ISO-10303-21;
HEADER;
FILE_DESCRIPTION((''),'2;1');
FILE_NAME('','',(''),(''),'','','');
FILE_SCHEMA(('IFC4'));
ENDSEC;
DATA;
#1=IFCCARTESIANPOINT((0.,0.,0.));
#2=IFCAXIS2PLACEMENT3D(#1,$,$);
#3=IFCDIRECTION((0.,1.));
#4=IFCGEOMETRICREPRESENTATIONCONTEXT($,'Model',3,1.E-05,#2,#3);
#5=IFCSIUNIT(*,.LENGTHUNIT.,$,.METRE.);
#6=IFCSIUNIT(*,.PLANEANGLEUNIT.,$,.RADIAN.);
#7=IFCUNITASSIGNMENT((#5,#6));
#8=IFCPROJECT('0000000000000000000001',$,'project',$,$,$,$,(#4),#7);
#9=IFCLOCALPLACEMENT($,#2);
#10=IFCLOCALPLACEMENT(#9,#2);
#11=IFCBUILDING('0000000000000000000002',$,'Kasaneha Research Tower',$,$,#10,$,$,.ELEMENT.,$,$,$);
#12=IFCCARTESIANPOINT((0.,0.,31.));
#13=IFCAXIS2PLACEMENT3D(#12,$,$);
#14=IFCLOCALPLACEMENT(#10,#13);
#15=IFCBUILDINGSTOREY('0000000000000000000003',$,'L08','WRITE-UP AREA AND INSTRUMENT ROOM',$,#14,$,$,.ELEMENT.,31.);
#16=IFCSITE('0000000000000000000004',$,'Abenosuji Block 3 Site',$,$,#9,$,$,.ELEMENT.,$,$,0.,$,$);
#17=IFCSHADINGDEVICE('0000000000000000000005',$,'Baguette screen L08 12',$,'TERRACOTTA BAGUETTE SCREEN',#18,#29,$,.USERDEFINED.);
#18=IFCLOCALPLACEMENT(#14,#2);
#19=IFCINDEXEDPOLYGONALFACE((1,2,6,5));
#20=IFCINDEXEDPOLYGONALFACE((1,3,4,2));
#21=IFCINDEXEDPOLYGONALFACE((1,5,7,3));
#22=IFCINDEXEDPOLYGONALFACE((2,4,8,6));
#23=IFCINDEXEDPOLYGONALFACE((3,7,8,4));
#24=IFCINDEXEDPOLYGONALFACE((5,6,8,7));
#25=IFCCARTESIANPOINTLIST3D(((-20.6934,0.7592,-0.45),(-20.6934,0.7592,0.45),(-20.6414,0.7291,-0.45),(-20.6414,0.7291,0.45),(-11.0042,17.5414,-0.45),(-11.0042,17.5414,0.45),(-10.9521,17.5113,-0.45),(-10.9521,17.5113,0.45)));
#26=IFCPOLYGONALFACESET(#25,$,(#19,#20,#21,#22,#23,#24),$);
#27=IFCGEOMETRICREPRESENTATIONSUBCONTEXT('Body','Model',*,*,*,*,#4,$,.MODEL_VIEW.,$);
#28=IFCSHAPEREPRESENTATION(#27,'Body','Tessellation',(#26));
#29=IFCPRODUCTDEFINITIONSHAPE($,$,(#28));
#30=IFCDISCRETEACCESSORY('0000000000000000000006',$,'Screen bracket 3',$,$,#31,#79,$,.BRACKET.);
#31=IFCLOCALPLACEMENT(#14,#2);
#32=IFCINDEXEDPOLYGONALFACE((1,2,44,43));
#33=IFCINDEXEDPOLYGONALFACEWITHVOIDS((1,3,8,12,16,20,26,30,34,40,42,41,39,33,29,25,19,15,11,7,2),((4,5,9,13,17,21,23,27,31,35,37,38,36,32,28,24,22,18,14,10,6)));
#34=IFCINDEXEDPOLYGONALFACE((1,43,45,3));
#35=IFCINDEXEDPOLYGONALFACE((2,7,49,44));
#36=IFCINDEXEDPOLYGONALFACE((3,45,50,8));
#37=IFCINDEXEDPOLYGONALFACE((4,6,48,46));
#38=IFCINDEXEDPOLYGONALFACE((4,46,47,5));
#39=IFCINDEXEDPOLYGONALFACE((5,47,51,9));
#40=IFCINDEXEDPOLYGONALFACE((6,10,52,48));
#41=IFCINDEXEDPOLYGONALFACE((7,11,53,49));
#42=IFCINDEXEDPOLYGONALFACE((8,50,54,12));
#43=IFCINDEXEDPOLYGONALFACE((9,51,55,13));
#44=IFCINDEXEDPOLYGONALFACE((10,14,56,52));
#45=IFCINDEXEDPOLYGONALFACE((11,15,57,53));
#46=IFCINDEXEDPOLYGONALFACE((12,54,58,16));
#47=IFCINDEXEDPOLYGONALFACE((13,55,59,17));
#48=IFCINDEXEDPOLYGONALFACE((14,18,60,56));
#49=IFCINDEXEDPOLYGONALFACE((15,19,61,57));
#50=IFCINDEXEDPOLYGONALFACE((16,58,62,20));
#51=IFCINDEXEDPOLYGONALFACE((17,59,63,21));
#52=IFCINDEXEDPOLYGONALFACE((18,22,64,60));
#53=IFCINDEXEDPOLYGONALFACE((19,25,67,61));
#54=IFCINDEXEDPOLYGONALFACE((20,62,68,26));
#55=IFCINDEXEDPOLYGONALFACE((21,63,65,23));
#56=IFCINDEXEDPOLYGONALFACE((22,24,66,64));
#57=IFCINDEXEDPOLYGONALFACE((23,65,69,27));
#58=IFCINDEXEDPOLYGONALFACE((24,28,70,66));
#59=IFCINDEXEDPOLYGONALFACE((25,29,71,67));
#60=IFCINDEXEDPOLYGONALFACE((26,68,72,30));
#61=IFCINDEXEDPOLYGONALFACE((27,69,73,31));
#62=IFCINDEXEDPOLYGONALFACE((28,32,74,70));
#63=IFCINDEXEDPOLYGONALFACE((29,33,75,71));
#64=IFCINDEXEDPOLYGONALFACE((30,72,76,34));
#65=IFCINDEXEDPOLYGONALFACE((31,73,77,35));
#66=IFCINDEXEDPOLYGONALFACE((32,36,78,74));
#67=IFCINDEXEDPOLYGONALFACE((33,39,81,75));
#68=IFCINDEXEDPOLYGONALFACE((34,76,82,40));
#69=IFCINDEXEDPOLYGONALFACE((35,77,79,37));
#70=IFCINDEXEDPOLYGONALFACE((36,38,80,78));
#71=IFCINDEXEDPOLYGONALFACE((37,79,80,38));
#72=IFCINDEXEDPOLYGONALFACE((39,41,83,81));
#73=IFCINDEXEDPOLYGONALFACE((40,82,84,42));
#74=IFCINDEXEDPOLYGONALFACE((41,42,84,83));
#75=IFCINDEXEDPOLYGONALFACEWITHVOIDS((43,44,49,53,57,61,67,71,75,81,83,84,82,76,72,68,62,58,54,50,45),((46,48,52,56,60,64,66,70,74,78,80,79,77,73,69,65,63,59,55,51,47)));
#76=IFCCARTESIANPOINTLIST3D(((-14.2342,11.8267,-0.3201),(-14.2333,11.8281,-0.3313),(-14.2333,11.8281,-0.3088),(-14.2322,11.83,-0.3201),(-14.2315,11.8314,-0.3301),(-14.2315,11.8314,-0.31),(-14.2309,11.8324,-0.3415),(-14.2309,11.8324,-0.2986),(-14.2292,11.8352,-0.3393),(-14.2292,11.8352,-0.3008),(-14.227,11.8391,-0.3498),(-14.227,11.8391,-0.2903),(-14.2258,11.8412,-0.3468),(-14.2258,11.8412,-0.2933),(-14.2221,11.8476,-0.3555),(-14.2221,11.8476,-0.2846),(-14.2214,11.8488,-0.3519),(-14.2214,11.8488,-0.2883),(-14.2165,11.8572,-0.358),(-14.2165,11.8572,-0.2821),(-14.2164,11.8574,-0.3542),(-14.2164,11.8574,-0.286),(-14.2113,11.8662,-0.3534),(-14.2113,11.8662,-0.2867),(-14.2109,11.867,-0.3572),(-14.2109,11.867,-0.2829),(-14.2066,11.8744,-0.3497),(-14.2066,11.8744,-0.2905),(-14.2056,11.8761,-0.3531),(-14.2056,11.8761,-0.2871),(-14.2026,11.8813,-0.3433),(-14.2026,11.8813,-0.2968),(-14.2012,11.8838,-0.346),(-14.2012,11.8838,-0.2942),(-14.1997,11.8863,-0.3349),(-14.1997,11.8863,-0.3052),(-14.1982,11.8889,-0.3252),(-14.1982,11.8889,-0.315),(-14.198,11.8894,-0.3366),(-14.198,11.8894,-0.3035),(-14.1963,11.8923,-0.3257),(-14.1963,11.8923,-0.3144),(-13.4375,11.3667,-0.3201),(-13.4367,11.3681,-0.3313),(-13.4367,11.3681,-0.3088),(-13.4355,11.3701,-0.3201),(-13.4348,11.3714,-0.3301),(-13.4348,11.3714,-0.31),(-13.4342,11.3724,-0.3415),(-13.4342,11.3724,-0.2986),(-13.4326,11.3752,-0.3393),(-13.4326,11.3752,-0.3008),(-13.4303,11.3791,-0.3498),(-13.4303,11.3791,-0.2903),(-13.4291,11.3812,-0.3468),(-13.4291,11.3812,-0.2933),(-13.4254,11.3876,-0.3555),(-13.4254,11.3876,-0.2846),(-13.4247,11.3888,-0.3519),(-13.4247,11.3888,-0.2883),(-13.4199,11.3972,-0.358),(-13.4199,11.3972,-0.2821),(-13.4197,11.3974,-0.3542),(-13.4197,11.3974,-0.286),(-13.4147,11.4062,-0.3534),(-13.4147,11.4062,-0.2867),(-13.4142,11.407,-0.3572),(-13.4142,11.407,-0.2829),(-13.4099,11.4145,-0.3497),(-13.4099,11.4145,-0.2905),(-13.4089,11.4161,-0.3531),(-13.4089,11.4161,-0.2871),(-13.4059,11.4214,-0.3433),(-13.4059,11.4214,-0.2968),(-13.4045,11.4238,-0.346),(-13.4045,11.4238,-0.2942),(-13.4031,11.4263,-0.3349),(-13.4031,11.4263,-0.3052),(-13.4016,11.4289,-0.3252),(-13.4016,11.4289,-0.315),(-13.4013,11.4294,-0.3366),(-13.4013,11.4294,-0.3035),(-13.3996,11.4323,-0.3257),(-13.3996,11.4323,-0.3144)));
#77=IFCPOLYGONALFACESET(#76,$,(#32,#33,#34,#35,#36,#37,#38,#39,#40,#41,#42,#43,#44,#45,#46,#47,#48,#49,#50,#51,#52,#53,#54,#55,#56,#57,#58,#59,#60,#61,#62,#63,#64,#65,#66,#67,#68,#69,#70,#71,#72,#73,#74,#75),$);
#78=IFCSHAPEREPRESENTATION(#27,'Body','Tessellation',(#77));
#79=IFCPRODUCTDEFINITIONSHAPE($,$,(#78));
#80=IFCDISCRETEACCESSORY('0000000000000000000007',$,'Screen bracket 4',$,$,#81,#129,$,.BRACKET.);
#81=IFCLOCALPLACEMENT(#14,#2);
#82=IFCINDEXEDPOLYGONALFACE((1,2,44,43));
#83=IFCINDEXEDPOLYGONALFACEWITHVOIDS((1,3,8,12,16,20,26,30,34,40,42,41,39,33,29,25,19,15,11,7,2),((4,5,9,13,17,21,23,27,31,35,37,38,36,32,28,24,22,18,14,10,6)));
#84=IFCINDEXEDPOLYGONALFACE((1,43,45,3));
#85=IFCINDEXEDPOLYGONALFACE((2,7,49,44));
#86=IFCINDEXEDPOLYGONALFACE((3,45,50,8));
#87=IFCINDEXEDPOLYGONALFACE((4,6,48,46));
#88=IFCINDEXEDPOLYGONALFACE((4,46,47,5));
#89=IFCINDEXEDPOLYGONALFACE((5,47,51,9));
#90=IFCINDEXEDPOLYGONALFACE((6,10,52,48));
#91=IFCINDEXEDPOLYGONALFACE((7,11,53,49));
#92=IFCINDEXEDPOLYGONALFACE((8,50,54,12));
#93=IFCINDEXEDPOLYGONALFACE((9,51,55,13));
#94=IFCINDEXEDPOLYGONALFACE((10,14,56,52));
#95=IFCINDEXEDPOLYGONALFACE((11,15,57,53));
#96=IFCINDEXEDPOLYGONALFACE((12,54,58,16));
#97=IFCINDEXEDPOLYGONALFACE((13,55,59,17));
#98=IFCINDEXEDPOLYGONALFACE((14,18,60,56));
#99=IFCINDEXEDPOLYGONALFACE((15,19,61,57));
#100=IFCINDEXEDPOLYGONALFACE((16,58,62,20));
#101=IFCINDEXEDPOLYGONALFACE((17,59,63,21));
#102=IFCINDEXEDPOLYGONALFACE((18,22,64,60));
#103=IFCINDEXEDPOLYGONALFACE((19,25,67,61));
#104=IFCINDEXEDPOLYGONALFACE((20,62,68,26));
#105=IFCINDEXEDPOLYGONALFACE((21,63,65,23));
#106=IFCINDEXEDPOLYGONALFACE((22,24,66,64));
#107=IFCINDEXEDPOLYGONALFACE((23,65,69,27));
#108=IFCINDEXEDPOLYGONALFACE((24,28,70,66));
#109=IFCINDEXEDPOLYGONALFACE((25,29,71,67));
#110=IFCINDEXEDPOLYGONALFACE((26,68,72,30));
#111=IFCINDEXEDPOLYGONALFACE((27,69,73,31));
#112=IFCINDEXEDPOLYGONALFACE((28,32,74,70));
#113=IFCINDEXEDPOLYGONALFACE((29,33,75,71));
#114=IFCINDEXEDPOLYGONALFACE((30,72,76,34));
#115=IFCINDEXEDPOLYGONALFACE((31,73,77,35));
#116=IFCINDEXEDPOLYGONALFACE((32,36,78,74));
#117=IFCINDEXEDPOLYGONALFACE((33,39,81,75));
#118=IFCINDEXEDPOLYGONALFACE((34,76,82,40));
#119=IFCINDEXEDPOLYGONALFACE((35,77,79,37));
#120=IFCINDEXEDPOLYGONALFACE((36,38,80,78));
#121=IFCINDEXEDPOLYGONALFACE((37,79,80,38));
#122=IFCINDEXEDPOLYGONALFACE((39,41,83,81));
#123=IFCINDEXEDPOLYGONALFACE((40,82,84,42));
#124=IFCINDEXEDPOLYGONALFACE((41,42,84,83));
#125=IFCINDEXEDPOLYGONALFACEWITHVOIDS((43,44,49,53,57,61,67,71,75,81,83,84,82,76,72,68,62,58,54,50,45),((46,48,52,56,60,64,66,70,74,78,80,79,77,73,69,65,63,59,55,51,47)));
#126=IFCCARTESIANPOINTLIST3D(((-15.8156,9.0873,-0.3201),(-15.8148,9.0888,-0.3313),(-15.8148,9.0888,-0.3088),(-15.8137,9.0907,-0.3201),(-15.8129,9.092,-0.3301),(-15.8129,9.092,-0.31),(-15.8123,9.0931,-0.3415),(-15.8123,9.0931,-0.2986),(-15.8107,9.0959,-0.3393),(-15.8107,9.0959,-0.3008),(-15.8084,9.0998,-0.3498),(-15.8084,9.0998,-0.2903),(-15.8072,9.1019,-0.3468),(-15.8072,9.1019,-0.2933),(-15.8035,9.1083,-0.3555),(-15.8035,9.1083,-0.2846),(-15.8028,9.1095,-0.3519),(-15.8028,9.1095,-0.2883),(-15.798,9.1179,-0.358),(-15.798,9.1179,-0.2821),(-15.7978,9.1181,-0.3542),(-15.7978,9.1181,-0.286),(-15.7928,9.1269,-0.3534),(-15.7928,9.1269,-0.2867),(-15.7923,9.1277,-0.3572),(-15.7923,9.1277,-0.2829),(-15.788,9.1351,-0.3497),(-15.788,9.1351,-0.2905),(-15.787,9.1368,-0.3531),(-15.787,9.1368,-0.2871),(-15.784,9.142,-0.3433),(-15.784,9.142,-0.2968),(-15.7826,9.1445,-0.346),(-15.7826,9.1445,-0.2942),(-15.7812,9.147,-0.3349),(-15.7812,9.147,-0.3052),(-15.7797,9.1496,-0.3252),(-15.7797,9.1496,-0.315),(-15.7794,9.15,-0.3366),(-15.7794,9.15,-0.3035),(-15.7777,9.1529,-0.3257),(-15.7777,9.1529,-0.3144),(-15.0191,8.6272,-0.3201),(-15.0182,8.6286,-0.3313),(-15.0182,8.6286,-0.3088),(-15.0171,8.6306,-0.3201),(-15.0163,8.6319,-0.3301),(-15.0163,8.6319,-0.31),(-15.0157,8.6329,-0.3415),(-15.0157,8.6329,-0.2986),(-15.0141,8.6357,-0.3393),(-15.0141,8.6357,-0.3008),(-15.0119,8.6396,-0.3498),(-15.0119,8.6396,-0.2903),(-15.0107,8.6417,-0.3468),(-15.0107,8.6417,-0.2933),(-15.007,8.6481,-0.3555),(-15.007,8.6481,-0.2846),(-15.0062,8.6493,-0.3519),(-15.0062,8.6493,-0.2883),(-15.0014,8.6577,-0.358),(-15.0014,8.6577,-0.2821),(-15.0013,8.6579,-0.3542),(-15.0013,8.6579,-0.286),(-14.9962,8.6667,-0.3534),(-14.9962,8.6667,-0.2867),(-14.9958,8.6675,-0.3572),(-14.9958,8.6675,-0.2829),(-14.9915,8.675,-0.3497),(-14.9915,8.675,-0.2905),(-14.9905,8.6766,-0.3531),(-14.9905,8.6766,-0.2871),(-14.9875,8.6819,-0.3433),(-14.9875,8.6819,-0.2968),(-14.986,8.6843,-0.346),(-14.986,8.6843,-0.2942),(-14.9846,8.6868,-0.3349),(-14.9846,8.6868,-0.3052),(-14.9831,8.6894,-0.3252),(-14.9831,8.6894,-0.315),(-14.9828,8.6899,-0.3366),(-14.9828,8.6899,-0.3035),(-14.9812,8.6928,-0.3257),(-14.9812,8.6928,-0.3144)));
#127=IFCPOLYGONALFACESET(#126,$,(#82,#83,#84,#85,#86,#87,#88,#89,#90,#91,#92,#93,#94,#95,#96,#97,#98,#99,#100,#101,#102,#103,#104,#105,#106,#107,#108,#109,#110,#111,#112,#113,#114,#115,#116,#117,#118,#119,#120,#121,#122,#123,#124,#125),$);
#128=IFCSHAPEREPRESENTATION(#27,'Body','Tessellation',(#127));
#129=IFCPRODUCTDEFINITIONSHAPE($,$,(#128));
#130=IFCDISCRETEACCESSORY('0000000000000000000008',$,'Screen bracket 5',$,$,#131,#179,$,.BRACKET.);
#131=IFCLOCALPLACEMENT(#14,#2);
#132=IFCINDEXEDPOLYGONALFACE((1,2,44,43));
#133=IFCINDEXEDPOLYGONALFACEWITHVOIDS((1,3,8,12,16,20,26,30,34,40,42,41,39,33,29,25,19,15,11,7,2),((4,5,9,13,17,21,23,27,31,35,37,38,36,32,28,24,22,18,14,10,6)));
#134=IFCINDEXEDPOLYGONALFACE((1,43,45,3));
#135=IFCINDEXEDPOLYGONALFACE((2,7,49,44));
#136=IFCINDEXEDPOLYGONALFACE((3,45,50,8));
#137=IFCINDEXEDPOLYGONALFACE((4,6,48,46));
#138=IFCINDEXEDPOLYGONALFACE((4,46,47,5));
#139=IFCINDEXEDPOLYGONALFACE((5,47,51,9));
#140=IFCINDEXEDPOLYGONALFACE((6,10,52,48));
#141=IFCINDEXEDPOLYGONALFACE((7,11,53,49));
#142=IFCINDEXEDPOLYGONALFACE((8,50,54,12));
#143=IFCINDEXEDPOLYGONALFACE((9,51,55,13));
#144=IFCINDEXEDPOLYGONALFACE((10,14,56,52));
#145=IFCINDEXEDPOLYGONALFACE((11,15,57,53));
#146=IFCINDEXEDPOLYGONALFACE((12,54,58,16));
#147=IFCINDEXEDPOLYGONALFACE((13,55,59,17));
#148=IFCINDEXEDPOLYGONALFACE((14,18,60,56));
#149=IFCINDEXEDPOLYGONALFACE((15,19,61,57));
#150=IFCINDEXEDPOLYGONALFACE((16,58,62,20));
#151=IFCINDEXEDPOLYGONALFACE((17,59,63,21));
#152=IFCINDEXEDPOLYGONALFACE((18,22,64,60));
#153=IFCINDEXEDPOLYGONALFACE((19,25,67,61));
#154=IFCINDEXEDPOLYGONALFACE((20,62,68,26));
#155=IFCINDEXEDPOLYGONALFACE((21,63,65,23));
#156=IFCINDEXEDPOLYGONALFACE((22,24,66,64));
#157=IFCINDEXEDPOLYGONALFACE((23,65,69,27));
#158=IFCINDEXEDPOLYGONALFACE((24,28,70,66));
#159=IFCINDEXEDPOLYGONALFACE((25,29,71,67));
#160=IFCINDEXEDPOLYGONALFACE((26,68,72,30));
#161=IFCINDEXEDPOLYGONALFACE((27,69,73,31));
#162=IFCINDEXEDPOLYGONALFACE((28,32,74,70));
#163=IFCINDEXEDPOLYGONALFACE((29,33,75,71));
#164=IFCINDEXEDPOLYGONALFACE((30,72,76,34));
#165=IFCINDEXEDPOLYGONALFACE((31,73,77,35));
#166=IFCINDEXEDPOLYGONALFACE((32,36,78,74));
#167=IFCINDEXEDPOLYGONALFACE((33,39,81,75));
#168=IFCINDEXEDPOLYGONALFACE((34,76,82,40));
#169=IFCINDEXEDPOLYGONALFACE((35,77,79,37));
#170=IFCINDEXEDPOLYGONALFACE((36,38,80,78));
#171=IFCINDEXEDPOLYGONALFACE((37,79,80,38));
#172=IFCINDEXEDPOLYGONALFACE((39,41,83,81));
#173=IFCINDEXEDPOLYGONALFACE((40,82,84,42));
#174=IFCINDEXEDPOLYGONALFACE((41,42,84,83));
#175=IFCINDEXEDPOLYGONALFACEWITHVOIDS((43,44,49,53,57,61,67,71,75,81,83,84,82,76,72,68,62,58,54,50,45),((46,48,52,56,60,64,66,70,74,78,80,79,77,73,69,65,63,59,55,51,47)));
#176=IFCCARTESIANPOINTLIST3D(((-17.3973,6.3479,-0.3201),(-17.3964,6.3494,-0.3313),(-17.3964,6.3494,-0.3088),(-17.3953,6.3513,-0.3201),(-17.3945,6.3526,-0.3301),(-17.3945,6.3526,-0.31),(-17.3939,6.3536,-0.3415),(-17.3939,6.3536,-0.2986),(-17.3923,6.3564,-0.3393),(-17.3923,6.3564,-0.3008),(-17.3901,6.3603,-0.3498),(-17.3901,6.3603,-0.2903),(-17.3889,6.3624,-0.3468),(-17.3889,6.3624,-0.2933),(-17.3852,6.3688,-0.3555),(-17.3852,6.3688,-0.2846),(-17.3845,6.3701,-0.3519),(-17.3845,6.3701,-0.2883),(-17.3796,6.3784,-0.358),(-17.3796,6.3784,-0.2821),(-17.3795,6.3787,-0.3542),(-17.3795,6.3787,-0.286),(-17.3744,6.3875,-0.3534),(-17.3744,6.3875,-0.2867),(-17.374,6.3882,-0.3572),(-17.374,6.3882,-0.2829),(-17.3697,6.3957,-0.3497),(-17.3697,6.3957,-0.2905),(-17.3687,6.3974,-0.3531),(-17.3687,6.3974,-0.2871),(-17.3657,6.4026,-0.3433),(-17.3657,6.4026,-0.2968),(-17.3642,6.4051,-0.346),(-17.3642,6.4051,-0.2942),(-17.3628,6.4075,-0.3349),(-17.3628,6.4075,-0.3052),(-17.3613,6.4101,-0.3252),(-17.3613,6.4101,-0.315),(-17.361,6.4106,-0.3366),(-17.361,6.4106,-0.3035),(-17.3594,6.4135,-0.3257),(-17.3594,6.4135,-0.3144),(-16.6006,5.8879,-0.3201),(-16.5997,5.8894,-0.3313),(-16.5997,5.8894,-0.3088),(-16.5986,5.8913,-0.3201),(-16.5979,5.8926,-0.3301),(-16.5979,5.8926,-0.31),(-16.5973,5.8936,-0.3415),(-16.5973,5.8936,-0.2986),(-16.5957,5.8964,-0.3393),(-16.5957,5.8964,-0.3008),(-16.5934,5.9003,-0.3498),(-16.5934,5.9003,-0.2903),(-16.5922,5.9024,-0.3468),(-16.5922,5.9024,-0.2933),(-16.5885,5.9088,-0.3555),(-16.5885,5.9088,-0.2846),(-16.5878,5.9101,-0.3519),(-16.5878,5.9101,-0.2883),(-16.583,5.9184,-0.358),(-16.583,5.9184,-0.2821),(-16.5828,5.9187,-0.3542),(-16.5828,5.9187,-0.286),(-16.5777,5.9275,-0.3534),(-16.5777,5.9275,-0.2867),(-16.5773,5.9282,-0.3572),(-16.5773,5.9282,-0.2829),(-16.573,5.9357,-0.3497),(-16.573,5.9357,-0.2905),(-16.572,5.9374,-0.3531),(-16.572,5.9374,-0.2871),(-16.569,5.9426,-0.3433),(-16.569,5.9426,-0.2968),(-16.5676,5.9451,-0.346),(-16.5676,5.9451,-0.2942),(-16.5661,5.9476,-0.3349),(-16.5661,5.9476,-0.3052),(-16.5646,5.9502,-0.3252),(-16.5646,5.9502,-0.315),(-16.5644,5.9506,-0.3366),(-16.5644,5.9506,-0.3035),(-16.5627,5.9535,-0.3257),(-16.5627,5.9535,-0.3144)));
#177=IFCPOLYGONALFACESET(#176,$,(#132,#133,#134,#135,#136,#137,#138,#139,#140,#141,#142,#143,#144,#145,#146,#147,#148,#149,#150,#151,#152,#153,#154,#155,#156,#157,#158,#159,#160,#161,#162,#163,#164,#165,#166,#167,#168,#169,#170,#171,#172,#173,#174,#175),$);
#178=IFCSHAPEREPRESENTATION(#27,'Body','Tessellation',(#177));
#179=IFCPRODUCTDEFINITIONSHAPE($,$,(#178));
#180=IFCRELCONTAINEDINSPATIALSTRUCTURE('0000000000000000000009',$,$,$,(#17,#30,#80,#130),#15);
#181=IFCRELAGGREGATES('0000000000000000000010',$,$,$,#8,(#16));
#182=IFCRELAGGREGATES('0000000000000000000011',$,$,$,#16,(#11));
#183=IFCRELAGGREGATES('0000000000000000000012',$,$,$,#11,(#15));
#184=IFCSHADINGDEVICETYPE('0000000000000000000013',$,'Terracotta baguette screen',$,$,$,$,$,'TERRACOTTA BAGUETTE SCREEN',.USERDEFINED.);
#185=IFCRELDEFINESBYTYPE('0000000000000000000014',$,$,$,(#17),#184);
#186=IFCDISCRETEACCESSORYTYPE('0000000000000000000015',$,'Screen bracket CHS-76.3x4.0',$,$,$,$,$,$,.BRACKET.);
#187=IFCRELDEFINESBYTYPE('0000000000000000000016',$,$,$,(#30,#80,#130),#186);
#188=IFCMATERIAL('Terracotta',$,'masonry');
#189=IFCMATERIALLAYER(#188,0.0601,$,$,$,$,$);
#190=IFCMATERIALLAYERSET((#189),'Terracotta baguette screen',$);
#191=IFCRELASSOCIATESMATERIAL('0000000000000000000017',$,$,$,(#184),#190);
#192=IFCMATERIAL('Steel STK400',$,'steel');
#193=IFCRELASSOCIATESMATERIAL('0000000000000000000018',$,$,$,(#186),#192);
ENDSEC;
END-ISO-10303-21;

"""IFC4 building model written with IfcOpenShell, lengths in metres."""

from ifc_helpers import new_model, si_unit, direction, frame, origin, origin_2d, place, context, subcontext, project, spatial, rectangle, hollow_circle, extrude, material, layer, layer_set, material_profile, profile_set, type_object, element, save


model = new_model("IFC4")

# Units and contexts
model_context = context("Model", 3, precision=1e-05, world=origin(), true_north=direction((0.0, 1.0)))
body_context = subcontext(model_context, "Body", "Model", "MODEL_VIEW")
ifc_project = project(units=[si_unit("LENGTHUNIT", "METRE"), si_unit("PLANEANGLEUNIT", "RADIAN")], contexts=[model_context])

# Site, building, storey
site_placement = place(None, origin())
site = spatial("IfcSite", under=ifc_project, at=site_placement, Name="Abenosuji Block 3 Site", CompositionType="ELEMENT", RefElevation=0.0)
building_placement = place(site_placement, origin())
building = spatial("IfcBuilding", under=site, at=building_placement, Name="Kasaneha Research Tower", CompositionType="ELEMENT")
storey_placement = place(building_placement, frame((0.0, 0.0, 31.0)))
storey = spatial("IfcBuildingStorey", under=building, at=storey_placement, Name="L08", Description="WRITE-UP AREA AND INSTRUMENT ROOM", CompositionType="ELEMENT", Elevation=31.0)

# Shading device
ifc_material_1 = material(Name="Terracotta", Category="masonry")
ifc_layer_1 = layer(ifc_material_1, 0.0601)
ifc_layer_set_1 = layer_set([ifc_layer_1], Name="Terracotta baguette screen")
shading_device_type = type_object("IfcShadingDeviceType", Name="Terracotta baguette screen", ElementType="TERRACOTTA BAGUETTE SCREEN", PredefinedType="USERDEFINED", material=ifc_layer_set_1)
shading_device_placement = place(storey_placement, frame((-15.8228, 9.1353, -0.45), z_axis=(0.0, 0.0, 1.0), x_axis=(-0.5, -0.866025, 0.0)))
element("IfcShadingDevice", 1, at=shading_device_placement, inside=storey, type_object=shading_device_type, Name="Baguette screen L08 12", ObjectType="TERRACOTTA BAGUETTE SCREEN", PredefinedType="USERDEFINED", context=body_context, shape_type="SweptSolid", body=[
    extrude(rectangle(XDim=19.3784, YDim=0.0601, at=origin_2d()), origin(), (0.0, 0.0, 1.0), 0.8999),
])

# Discrete accessories
ifc_material_2 = material(Name="Steel STK400", Category="steel")
ifc_material_profile_1 = material_profile(ifc_material_2, hollow_circle(Radius=0.0381, WallThickness=0.0039, at=origin_2d()), Name="CHS-76.3x4.0")
ifc_profile_set_1 = profile_set([ifc_material_profile_1], Name="Steel STK400")
discrete_accessory_type = type_object("IfcDiscreteAccessoryType", Name="Screen bracket CHS-76.3x4.0", PredefinedType="BRACKET", material=ifc_profile_set_1)
for number, where, z_axis, x_axis, name in (
    (2, (-13.4185, 11.3997, -0.3201), (-0.866013, 0.500021, 0.0), (-0.500021, -0.866013, 0.0), "Screen bracket 3"),
    (3, (-15.0, 8.6602, -0.3201), (-0.865898, 0.50022, 0.0), (-0.50022, -0.865898, 0.0), "Screen bracket 4"),
    (4, (-16.5815, 5.9209, -0.3201), (-0.866013, 0.500021, 0.0), (-0.500021, -0.866013, 0.0), "Screen bracket 5"),
):
    element("IfcDiscreteAccessory", number, at=place(storey_placement, frame(where, z_axis=z_axis, x_axis=x_axis)), inside=storey, type_object=discrete_accessory_type, Name=name, PredefinedType="BRACKET", context=body_context, shape_type="SweptSolid", body=[
        extrude(hollow_circle(Radius=0.0381, WallThickness=0.0039, at=origin_2d()), origin(), (0.0, 0.0, 1.0), 0.9199),
    ])

save(model, "model.ifc")
